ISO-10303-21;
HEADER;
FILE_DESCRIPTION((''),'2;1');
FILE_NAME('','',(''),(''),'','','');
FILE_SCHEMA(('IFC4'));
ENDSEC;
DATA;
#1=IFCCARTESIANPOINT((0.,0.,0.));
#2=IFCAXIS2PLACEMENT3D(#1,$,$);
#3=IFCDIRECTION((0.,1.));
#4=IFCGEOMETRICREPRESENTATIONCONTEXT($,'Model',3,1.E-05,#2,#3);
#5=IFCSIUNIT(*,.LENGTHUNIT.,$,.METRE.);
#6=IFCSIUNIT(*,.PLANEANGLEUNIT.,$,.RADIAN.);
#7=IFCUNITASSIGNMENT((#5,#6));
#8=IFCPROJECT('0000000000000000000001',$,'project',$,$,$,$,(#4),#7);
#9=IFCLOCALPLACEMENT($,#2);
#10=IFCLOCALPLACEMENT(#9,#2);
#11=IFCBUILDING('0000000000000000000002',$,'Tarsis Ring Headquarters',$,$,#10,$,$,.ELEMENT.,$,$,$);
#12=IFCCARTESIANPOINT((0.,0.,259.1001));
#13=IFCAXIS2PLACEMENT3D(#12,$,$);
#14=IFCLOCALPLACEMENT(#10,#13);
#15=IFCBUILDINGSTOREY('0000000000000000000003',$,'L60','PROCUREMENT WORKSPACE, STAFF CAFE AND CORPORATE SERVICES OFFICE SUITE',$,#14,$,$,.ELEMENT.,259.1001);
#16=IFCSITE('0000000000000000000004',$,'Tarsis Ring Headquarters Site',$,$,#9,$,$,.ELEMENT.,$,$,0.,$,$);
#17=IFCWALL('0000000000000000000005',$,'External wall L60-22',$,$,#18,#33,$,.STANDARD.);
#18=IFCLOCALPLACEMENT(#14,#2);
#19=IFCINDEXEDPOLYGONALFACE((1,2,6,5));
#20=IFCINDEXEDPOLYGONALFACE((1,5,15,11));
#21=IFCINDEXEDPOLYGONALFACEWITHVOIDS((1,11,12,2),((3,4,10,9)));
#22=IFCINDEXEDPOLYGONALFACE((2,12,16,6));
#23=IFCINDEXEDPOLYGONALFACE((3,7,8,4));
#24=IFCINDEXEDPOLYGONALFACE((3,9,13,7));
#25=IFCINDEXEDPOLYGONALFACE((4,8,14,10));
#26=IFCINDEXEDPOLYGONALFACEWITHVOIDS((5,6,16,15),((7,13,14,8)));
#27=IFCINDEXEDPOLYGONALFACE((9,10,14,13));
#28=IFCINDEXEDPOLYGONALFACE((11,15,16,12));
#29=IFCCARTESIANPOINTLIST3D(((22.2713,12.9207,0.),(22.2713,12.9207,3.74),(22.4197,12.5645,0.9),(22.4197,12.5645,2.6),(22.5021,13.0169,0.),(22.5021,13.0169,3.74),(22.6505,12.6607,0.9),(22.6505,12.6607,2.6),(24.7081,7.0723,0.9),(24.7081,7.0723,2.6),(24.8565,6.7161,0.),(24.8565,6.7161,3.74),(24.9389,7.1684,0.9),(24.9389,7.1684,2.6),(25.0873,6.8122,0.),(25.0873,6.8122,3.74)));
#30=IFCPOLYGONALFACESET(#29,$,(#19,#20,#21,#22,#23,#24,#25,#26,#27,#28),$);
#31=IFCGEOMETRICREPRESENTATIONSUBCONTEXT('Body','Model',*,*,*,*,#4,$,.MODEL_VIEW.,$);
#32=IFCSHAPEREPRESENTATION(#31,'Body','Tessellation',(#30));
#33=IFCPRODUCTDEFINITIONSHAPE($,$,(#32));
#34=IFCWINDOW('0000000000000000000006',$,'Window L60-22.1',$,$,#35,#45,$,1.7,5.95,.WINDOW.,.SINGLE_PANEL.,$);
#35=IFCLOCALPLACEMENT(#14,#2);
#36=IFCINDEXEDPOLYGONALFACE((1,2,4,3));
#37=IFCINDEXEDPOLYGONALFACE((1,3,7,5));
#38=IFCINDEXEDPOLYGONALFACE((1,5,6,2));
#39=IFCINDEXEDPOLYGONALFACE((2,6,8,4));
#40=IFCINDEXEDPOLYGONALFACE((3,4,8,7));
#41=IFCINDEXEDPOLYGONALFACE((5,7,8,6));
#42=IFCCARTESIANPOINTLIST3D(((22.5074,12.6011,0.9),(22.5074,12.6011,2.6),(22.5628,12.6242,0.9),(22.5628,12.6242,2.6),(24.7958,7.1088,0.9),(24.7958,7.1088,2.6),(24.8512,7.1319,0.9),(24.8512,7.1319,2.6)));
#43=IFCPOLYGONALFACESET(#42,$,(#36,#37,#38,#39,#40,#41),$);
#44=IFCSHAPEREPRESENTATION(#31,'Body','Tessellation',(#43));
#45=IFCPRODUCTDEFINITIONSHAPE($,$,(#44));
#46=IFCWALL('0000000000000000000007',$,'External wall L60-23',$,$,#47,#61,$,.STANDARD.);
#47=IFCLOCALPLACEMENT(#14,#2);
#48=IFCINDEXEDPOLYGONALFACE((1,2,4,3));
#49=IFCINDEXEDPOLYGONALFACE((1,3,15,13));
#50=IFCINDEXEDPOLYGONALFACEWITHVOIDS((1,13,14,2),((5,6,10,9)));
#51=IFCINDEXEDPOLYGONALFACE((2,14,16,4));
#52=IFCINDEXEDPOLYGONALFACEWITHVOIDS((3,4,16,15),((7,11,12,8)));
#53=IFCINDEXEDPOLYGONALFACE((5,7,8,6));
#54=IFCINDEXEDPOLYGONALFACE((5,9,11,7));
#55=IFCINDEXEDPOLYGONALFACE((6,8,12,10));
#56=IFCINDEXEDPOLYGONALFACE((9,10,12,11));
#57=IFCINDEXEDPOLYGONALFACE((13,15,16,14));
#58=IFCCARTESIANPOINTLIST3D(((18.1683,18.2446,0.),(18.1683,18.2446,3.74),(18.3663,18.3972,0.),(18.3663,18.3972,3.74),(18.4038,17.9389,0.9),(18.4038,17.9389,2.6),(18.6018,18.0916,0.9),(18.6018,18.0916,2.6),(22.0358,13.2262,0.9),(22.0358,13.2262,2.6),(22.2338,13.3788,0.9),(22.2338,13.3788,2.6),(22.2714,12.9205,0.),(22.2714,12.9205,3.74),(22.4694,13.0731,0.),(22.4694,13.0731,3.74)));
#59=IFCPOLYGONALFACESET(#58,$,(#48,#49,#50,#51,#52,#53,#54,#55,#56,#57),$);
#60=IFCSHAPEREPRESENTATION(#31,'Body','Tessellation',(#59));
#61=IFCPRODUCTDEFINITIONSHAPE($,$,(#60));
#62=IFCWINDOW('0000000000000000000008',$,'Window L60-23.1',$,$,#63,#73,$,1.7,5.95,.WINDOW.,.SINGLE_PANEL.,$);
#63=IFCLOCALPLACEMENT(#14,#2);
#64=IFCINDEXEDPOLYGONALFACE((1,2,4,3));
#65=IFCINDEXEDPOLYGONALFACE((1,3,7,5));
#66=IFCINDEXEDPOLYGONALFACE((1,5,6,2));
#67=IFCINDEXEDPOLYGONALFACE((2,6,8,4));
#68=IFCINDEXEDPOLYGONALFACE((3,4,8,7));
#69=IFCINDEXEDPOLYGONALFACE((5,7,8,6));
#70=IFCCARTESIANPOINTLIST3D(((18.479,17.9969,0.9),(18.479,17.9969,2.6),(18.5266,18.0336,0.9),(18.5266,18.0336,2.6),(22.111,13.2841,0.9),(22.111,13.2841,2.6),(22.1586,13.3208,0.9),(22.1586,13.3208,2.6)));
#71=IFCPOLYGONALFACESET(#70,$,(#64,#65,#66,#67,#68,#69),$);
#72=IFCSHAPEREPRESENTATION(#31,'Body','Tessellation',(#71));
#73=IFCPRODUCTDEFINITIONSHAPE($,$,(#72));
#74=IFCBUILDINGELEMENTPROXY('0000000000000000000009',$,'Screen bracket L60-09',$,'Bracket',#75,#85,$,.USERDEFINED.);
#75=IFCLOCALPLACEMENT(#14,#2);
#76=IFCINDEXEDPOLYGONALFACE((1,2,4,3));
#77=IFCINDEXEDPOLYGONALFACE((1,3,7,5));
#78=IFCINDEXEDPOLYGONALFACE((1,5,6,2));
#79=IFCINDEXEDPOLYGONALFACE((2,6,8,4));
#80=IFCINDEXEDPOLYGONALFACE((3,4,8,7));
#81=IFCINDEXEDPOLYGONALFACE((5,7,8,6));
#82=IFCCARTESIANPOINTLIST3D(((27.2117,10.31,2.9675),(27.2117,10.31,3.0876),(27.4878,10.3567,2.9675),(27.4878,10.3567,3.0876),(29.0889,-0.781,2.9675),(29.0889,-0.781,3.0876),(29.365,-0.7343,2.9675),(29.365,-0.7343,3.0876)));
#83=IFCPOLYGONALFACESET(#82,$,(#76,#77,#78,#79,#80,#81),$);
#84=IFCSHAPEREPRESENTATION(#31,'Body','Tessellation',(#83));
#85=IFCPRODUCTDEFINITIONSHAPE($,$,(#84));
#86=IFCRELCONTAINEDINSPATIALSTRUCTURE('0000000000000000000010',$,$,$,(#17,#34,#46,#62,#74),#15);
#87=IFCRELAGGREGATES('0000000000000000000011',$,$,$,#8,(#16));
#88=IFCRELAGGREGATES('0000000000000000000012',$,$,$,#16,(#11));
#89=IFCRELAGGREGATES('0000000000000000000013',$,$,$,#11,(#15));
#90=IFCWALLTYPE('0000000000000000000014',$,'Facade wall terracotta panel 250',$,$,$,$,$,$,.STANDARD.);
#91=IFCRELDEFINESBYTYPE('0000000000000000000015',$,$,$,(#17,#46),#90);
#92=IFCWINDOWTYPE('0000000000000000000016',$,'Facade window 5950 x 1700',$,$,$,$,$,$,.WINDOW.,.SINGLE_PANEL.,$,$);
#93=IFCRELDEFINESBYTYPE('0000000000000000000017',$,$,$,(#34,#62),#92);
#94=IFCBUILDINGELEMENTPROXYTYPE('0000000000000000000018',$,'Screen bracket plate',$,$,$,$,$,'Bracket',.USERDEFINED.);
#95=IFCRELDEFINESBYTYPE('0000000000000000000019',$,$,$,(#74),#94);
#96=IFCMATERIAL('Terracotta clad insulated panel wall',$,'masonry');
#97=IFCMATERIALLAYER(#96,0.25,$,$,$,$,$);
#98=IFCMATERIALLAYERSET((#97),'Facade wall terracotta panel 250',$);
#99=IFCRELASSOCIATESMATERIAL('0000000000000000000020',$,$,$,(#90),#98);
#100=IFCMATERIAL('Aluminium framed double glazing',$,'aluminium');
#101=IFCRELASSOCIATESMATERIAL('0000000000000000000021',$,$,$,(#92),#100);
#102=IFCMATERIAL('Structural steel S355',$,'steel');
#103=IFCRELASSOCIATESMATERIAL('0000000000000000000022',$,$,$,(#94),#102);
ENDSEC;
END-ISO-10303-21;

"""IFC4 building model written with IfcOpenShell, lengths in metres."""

from ifc_helpers import new_model, si_unit, direction, frame, frame_2d, origin, origin_2d, place, context, subcontext, project, spatial, rectangle, extrude, material, layer, layer_set, type_object, element, fill, save


model = new_model("IFC4")

# Units and contexts
model_context = context("Model", 3, precision=1e-05, world=origin(), true_north=direction((0.0, 1.0)))
body_context = subcontext(model_context, "Body", "Model", "MODEL_VIEW")
ifc_project = project(units=[si_unit("LENGTHUNIT", "METRE"), si_unit("PLANEANGLEUNIT", "RADIAN")], contexts=[model_context])

# Site, building, storey
site_placement = place(None, origin())
site = spatial("IfcSite", under=ifc_project, at=site_placement, Name="Tarsis Ring Headquarters Site", CompositionType="ELEMENT", RefElevation=0.0)
building_placement = place(site_placement, origin())
building = spatial("IfcBuilding", under=site, at=building_placement, Name="Tarsis Ring Headquarters", CompositionType="ELEMENT")
storey_placement = place(building_placement, frame((0.0, 0.0, 259.1001)))
storey = spatial("IfcBuildingStorey", under=building, at=storey_placement, Name="L60", Description="PROCUREMENT WORKSPACE, STAFF CAFE AND CORPORATE SERVICES OFFICE SUITE", CompositionType="ELEMENT", Elevation=259.1001)

# Shared definitions
ifc_material_1 = material(Name="Structural steel S355", Category="steel")

# Walls, openings, windows
ifc_material_2 = material(Name="Terracotta clad insulated panel wall", Category="masonry")
ifc_layer_1 = layer(ifc_material_2, 0.25)
ifc_layer_set_1 = layer_set([ifc_layer_1], Name="Facade wall terracotta panel 250")
wall_type_1 = type_object("IfcWallType", Name="Facade wall terracotta panel 250", PredefinedType="STANDARD", material=ifc_layer_set_1)
ifc_material_3 = material(Name="Aluminium framed double glazing", Category="aluminium")
window_type = type_object("IfcWindowType", Name="Facade window 5950 x 1700", PartitioningType="SINGLE_PANEL", PredefinedType="WINDOW", material=ifc_material_3)
wall_1_placement = place(storey_placement, frame((24.9719, 6.7642, 0.0), z_axis=(0.0, 0.0, 1.0), x_axis=(-0.38461, 0.923079, 0.0)))
wall_1 = element("IfcWall", 1, at=wall_1_placement, inside=storey, type_object=wall_type_1, Name="External wall L60-22", PredefinedType="STANDARD", context=body_context, shape_type="SweptSolid", body=[
    extrude(rectangle(XDim=6.7217, YDim=0.25, at=frame_2d((3.3608, 0.0))), origin(), (0.0, 0.0, 1.0), 3.74),
])
opening_1_placement = place(wall_1_placement, frame((0.3857, 0.0, 0.8999)))
opening_1 = element("IfcOpeningElement", 2, at=opening_1_placement, cuts=wall_1, PredefinedType="OPENING", context=body_context, shape_type="SweptSolid", body=[
    extrude(rectangle(XDim=5.95, YDim=1.7, at=frame_2d((2.9751, 0.8501))), frame((0.0, 0.135, 0.0), z_axis=(0.0, -1.0, 0.0), x_axis=(1.0, 0.0, 0.0)), (0.0, 0.0, 1.0), 0.27),
])
window_1_placement = place(opening_1_placement, origin())
window_1 = element("IfcWindow", 3, at=window_1_placement, inside=storey, type_object=window_type, Name="Window L60-22.1", OverallHeight=1.7, OverallWidth=5.95, PartitioningType="SINGLE_PANEL", PredefinedType="WINDOW", context=body_context, shape_type="SweptSolid", body=[
    extrude(rectangle(XDim=5.95, YDim=1.7, at=frame_2d((2.9751, 0.8501))), frame((0.0, 0.03, 0.0), z_axis=(0.0, -1.0, 0.0), x_axis=(1.0, 0.0, 0.0)), (0.0, 0.0, 1.0), 0.0601),
])
fill(opening_1, window_1)
wall_2_placement = place(storey_placement, frame((22.3704, 12.9968, 0.0), z_axis=(0.0, 0.0, 1.0), x_axis=(-0.610427, 0.792073, 0.0)))
wall_2 = element("IfcWall", 4, at=wall_2_placement, inside=storey, type_object=wall_type_1, Name="External wall L60-23", PredefinedType="STANDARD", context=body_context, shape_type="SweptSolid", body=[
    extrude(rectangle(XDim=6.7217, YDim=0.25, at=frame_2d((3.3608, 0.0))), origin(), (0.0, 0.0, 1.0), 3.74),
])
opening_2_placement = place(wall_2_placement, frame((0.3857, 0.0, 0.8999)))
opening_2 = element("IfcOpeningElement", 5, at=opening_2_placement, cuts=wall_2, PredefinedType="OPENING", context=body_context, shape_type="SweptSolid", body=[
    extrude(rectangle(XDim=5.95, YDim=1.7, at=frame_2d((2.9751, 0.8501))), frame((0.0, 0.135, 0.0), z_axis=(0.0, -1.0, 0.0), x_axis=(1.0, 0.0, 0.0)), (0.0, 0.0, 1.0), 0.27),
])
window_2_placement = place(opening_2_placement, origin())
window_2 = element("IfcWindow", 6, at=window_2_placement, inside=storey, type_object=window_type, Name="Window L60-23.1", OverallHeight=1.7, OverallWidth=5.95, PartitioningType="SINGLE_PANEL", PredefinedType="WINDOW", context=body_context, shape_type="SweptSolid", body=[
    extrude(rectangle(XDim=5.95, YDim=1.7, at=frame_2d((2.9751, 0.8501))), frame((0.0, 0.03, 0.0), z_axis=(0.0, -1.0, 0.0), x_axis=(1.0, 0.0, 0.0)), (0.0, 0.0, 1.0), 0.0601),
])
fill(opening_2, window_2)

# Building element proxy
building_element_proxy_type = type_object("IfcBuildingElementProxyType", Name="Screen bracket plate", ElementType="Bracket", PredefinedType="USERDEFINED", material=ifc_material_1)
proxy_placement = place(storey_placement, frame((28.2883, 4.7878, 2.9675), z_axis=(0.0, 0.0, 1.0), x_axis=(-0.166876, 0.985978, 0.0)))
element("IfcBuildingElementProxy", 7, at=proxy_placement, inside=storey, type_object=building_element_proxy_type, Name="Screen bracket L60-09", ObjectType="Bracket", PredefinedType="USERDEFINED", context=body_context, shape_type="SweptSolid", body=[
    extrude(rectangle(XDim=11.2488, YDim=0.28, at=origin_2d()), origin(), (0.0, 0.0, 1.0), 0.1201),
])

save(model, "model.ifc")
